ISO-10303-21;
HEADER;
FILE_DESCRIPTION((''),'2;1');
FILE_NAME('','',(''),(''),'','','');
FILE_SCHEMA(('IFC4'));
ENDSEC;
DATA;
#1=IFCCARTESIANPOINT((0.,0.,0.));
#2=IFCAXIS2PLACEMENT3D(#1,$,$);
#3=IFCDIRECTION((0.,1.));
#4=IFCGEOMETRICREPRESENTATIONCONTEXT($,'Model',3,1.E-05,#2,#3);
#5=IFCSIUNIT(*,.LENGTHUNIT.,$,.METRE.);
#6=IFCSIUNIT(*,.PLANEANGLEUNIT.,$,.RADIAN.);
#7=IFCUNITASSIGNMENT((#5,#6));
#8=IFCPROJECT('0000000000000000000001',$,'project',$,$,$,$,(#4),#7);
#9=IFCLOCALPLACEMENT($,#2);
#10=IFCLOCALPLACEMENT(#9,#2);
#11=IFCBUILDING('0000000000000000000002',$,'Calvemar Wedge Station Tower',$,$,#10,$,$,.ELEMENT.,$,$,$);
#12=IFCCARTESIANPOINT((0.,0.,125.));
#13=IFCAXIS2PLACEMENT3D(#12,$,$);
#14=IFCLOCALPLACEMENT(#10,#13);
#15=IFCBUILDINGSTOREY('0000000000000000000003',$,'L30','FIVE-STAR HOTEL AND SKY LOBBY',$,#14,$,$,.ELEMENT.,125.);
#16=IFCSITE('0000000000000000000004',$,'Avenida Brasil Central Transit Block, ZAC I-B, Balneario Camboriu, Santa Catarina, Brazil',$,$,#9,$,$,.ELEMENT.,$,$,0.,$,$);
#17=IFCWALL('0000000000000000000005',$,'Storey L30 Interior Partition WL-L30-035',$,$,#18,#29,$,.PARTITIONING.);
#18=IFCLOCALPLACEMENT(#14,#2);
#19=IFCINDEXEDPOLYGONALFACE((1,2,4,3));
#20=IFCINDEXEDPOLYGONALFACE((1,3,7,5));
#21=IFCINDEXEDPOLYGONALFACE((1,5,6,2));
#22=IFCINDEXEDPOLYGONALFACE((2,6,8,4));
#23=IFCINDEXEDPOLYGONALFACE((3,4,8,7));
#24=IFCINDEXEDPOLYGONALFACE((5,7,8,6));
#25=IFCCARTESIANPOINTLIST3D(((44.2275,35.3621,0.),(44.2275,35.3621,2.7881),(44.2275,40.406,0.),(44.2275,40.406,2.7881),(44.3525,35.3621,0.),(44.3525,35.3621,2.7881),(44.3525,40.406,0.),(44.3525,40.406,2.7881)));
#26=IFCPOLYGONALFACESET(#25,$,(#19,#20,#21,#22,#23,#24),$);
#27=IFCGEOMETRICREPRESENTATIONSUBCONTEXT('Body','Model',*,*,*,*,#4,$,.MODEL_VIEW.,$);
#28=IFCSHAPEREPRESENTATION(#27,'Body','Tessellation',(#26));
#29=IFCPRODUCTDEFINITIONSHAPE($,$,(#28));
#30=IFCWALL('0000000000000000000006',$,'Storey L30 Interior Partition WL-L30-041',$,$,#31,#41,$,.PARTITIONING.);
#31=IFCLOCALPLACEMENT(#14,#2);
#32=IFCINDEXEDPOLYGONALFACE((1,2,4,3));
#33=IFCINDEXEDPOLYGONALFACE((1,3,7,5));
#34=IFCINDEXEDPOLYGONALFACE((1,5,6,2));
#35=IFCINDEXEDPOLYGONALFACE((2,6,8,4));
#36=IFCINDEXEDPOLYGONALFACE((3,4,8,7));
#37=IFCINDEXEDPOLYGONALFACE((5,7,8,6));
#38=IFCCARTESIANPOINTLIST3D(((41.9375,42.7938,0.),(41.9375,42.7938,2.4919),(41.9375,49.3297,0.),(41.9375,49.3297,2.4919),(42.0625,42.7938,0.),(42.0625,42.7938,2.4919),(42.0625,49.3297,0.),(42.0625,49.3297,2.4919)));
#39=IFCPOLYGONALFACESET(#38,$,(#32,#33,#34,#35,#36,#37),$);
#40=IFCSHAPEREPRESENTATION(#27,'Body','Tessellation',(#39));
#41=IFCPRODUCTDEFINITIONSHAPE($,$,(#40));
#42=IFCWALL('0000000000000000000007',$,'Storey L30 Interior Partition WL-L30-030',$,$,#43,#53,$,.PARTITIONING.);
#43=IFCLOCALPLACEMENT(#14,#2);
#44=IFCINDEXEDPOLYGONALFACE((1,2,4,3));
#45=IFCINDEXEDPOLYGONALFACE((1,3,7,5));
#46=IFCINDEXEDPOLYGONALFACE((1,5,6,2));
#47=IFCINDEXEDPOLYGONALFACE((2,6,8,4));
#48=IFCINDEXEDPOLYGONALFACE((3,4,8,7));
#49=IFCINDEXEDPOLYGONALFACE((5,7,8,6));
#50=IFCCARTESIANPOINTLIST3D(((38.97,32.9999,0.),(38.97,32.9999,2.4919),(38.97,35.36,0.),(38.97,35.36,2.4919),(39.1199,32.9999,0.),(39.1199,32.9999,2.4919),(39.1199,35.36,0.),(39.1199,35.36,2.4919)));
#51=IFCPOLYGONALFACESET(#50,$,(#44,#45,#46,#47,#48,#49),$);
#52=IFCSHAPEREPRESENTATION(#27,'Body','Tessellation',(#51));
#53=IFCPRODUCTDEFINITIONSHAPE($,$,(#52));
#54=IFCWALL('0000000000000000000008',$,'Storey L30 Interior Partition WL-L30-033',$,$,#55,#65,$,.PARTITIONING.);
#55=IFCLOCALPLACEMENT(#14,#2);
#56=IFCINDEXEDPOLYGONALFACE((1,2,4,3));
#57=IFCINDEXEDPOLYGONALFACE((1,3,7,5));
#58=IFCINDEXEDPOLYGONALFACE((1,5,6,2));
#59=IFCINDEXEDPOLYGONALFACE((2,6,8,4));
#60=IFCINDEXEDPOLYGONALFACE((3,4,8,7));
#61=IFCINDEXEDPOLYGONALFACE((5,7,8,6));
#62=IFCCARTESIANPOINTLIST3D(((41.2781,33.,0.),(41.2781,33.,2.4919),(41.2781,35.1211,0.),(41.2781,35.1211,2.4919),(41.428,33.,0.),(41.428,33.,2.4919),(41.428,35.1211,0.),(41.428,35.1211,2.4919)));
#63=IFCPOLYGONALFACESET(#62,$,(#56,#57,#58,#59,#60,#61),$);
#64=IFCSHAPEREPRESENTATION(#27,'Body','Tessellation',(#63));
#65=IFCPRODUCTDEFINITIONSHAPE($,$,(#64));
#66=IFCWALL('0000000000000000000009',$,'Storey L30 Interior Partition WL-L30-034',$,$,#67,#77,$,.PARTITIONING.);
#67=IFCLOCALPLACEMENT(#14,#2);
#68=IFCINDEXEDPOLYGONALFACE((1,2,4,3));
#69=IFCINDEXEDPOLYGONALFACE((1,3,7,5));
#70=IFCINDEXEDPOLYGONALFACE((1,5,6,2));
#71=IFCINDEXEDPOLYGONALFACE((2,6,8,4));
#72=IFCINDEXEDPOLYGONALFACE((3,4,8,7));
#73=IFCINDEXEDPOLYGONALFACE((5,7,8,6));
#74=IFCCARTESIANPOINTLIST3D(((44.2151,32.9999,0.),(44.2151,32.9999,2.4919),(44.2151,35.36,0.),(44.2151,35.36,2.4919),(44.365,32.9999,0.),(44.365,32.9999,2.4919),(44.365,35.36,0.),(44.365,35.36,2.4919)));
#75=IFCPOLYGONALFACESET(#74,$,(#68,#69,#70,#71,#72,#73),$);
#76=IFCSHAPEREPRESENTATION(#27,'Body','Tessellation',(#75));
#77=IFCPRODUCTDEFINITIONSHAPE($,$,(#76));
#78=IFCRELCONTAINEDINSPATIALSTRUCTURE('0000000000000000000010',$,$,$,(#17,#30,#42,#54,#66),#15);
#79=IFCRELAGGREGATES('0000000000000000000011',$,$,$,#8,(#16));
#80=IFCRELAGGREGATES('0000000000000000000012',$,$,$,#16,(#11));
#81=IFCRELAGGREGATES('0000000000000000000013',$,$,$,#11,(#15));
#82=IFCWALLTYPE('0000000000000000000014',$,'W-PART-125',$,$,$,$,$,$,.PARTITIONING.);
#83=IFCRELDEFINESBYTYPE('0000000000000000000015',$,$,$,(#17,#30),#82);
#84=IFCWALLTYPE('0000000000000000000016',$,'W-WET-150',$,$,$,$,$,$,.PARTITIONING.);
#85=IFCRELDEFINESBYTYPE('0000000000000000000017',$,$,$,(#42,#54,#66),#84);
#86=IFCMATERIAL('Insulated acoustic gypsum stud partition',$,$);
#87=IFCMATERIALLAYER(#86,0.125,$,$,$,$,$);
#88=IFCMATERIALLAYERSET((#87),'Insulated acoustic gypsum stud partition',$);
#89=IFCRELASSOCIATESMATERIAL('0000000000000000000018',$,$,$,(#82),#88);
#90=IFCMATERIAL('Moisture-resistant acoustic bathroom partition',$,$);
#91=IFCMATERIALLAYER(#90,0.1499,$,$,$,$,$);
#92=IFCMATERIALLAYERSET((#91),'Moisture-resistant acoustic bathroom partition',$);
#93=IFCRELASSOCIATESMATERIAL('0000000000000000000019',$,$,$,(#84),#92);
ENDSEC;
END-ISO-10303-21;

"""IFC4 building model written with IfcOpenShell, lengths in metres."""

from ifc_helpers import new_model, si_unit, direction, frame, frame_2d, origin, place, context, subcontext, project, spatial, rectangle, extrude, material, layer, layer_set, type_object, element, save


model = new_model("IFC4")

# Units and contexts
model_context = context("Model", 3, precision=1e-05, world=origin(), true_north=direction((0.0, 1.0)))
body_context = subcontext(model_context, "Body", "Model", "MODEL_VIEW")
ifc_project = project(units=[si_unit("LENGTHUNIT", "METRE"), si_unit("PLANEANGLEUNIT", "RADIAN")], contexts=[model_context])

# Site, building, storey
site_placement = place(None, origin())
site = spatial("IfcSite", under=ifc_project, at=site_placement, Name="Avenida Brasil Central Transit Block, ZAC I-B, Balneario Camboriu, Santa Catarina, Brazil", CompositionType="ELEMENT", RefElevation=0.0)
building_placement = place(site_placement, origin())
building = spatial("IfcBuilding", under=site, at=building_placement, Name="Calvemar Wedge Station Tower", CompositionType="ELEMENT")
storey_placement = place(building_placement, frame((0.0, 0.0, 125.0)))
storey = spatial("IfcBuildingStorey", under=building, at=storey_placement, Name="L30", Description="FIVE-STAR HOTEL AND SKY LOBBY", CompositionType="ELEMENT", Elevation=125.0)

# Walls
ifc_material_1 = material(Name="Insulated acoustic gypsum stud partition")
ifc_layer_1 = layer(ifc_material_1, 0.125)
ifc_layer_set_1 = layer_set([ifc_layer_1], Name="Insulated acoustic gypsum stud partition")
wall_type_1 = type_object("IfcWallType", Name="W-PART-125", PredefinedType="PARTITIONING", material=ifc_layer_set_1)
for number, where, z_axis, x_axis, name in (
    (1, (44.29, 40.406, 0.0), (0.0, 0.0, 1.0), (0.0, -1.0, 0.0), "Storey L30 Interior Partition WL-L30-035"),
):
    element("IfcWall", number, at=place(storey_placement, frame(where, z_axis=z_axis, x_axis=x_axis)), inside=storey, type_object=wall_type_1, Name=name, PredefinedType="PARTITIONING", context=body_context, shape_type="SweptSolid", body=[
        extrude(rectangle(XDim=5.0439, YDim=0.125, at=frame_2d((2.522, 0.0))), origin(), (0.0, 0.0, 1.0), 2.7881),
    ])
wall_1_placement = place(storey_placement, frame((42.0, 49.3298, 0.0), z_axis=(0.0, 0.0, 1.0), x_axis=(0.0, -1.0, 0.0)))
element("IfcWall", 2, at=wall_1_placement, inside=storey, type_object=wall_type_1, Name="Storey L30 Interior Partition WL-L30-041", PredefinedType="PARTITIONING", context=body_context, shape_type="SweptSolid", body=[
    extrude(rectangle(XDim=6.5359, YDim=0.125, at=frame_2d((3.2681, 0.0))), origin(), (0.0, 0.0, 1.0), 2.4919),
])
ifc_material_2 = material(Name="Moisture-resistant acoustic bathroom partition")
ifc_layer_2 = layer(ifc_material_2, 0.1499)
ifc_layer_set_2 = layer_set([ifc_layer_2], Name="Moisture-resistant acoustic bathroom partition")
wall_type_2 = type_object("IfcWallType", Name="W-WET-150", PredefinedType="PARTITIONING", material=ifc_layer_set_2)
wall_2_placement = place(storey_placement, frame((39.0449, 35.3601, 0.0), z_axis=(0.0, 0.0, 1.0), x_axis=(0.0, -1.0, 0.0)))
element("IfcWall", 3, at=wall_2_placement, inside=storey, type_object=wall_type_2, Name="Storey L30 Interior Partition WL-L30-030", PredefinedType="PARTITIONING", context=body_context, shape_type="SweptSolid", body=[
    extrude(rectangle(XDim=2.3601, YDim=0.1499, at=frame_2d((1.1802, 0.0))), origin(), (0.0, 0.0, 1.0), 2.4919),
])

# Walls
wall_3_placement = place(storey_placement, frame((41.353, 35.1211, 0.0), z_axis=(0.0, 0.0, 1.0), x_axis=(0.0, -1.0, 0.0)))
element("IfcWall", 4, at=wall_3_placement, inside=storey, type_object=wall_type_2, Name="Storey L30 Interior Partition WL-L30-033", PredefinedType="PARTITIONING", context=body_context, shape_type="SweptSolid", body=[
    extrude(rectangle(XDim=2.1211, YDim=0.1499, at=frame_2d((1.0605, 0.0))), origin(), (0.0, 0.0, 1.0), 2.4919),
])
wall_4_placement = place(storey_placement, frame((44.29, 35.3601, 0.0), z_axis=(0.0, 0.0, 1.0), x_axis=(0.0, -1.0, 0.0)))
element("IfcWall", 5, at=wall_4_placement, inside=storey, type_object=wall_type_2, Name="Storey L30 Interior Partition WL-L30-034", PredefinedType="PARTITIONING", context=body_context, shape_type="SweptSolid", body=[
    extrude(rectangle(XDim=2.3601, YDim=0.1499, at=frame_2d((1.1802, 0.0))), origin(), (0.0, 0.0, 1.0), 2.4919),
])

save(model, "model.ifc")
